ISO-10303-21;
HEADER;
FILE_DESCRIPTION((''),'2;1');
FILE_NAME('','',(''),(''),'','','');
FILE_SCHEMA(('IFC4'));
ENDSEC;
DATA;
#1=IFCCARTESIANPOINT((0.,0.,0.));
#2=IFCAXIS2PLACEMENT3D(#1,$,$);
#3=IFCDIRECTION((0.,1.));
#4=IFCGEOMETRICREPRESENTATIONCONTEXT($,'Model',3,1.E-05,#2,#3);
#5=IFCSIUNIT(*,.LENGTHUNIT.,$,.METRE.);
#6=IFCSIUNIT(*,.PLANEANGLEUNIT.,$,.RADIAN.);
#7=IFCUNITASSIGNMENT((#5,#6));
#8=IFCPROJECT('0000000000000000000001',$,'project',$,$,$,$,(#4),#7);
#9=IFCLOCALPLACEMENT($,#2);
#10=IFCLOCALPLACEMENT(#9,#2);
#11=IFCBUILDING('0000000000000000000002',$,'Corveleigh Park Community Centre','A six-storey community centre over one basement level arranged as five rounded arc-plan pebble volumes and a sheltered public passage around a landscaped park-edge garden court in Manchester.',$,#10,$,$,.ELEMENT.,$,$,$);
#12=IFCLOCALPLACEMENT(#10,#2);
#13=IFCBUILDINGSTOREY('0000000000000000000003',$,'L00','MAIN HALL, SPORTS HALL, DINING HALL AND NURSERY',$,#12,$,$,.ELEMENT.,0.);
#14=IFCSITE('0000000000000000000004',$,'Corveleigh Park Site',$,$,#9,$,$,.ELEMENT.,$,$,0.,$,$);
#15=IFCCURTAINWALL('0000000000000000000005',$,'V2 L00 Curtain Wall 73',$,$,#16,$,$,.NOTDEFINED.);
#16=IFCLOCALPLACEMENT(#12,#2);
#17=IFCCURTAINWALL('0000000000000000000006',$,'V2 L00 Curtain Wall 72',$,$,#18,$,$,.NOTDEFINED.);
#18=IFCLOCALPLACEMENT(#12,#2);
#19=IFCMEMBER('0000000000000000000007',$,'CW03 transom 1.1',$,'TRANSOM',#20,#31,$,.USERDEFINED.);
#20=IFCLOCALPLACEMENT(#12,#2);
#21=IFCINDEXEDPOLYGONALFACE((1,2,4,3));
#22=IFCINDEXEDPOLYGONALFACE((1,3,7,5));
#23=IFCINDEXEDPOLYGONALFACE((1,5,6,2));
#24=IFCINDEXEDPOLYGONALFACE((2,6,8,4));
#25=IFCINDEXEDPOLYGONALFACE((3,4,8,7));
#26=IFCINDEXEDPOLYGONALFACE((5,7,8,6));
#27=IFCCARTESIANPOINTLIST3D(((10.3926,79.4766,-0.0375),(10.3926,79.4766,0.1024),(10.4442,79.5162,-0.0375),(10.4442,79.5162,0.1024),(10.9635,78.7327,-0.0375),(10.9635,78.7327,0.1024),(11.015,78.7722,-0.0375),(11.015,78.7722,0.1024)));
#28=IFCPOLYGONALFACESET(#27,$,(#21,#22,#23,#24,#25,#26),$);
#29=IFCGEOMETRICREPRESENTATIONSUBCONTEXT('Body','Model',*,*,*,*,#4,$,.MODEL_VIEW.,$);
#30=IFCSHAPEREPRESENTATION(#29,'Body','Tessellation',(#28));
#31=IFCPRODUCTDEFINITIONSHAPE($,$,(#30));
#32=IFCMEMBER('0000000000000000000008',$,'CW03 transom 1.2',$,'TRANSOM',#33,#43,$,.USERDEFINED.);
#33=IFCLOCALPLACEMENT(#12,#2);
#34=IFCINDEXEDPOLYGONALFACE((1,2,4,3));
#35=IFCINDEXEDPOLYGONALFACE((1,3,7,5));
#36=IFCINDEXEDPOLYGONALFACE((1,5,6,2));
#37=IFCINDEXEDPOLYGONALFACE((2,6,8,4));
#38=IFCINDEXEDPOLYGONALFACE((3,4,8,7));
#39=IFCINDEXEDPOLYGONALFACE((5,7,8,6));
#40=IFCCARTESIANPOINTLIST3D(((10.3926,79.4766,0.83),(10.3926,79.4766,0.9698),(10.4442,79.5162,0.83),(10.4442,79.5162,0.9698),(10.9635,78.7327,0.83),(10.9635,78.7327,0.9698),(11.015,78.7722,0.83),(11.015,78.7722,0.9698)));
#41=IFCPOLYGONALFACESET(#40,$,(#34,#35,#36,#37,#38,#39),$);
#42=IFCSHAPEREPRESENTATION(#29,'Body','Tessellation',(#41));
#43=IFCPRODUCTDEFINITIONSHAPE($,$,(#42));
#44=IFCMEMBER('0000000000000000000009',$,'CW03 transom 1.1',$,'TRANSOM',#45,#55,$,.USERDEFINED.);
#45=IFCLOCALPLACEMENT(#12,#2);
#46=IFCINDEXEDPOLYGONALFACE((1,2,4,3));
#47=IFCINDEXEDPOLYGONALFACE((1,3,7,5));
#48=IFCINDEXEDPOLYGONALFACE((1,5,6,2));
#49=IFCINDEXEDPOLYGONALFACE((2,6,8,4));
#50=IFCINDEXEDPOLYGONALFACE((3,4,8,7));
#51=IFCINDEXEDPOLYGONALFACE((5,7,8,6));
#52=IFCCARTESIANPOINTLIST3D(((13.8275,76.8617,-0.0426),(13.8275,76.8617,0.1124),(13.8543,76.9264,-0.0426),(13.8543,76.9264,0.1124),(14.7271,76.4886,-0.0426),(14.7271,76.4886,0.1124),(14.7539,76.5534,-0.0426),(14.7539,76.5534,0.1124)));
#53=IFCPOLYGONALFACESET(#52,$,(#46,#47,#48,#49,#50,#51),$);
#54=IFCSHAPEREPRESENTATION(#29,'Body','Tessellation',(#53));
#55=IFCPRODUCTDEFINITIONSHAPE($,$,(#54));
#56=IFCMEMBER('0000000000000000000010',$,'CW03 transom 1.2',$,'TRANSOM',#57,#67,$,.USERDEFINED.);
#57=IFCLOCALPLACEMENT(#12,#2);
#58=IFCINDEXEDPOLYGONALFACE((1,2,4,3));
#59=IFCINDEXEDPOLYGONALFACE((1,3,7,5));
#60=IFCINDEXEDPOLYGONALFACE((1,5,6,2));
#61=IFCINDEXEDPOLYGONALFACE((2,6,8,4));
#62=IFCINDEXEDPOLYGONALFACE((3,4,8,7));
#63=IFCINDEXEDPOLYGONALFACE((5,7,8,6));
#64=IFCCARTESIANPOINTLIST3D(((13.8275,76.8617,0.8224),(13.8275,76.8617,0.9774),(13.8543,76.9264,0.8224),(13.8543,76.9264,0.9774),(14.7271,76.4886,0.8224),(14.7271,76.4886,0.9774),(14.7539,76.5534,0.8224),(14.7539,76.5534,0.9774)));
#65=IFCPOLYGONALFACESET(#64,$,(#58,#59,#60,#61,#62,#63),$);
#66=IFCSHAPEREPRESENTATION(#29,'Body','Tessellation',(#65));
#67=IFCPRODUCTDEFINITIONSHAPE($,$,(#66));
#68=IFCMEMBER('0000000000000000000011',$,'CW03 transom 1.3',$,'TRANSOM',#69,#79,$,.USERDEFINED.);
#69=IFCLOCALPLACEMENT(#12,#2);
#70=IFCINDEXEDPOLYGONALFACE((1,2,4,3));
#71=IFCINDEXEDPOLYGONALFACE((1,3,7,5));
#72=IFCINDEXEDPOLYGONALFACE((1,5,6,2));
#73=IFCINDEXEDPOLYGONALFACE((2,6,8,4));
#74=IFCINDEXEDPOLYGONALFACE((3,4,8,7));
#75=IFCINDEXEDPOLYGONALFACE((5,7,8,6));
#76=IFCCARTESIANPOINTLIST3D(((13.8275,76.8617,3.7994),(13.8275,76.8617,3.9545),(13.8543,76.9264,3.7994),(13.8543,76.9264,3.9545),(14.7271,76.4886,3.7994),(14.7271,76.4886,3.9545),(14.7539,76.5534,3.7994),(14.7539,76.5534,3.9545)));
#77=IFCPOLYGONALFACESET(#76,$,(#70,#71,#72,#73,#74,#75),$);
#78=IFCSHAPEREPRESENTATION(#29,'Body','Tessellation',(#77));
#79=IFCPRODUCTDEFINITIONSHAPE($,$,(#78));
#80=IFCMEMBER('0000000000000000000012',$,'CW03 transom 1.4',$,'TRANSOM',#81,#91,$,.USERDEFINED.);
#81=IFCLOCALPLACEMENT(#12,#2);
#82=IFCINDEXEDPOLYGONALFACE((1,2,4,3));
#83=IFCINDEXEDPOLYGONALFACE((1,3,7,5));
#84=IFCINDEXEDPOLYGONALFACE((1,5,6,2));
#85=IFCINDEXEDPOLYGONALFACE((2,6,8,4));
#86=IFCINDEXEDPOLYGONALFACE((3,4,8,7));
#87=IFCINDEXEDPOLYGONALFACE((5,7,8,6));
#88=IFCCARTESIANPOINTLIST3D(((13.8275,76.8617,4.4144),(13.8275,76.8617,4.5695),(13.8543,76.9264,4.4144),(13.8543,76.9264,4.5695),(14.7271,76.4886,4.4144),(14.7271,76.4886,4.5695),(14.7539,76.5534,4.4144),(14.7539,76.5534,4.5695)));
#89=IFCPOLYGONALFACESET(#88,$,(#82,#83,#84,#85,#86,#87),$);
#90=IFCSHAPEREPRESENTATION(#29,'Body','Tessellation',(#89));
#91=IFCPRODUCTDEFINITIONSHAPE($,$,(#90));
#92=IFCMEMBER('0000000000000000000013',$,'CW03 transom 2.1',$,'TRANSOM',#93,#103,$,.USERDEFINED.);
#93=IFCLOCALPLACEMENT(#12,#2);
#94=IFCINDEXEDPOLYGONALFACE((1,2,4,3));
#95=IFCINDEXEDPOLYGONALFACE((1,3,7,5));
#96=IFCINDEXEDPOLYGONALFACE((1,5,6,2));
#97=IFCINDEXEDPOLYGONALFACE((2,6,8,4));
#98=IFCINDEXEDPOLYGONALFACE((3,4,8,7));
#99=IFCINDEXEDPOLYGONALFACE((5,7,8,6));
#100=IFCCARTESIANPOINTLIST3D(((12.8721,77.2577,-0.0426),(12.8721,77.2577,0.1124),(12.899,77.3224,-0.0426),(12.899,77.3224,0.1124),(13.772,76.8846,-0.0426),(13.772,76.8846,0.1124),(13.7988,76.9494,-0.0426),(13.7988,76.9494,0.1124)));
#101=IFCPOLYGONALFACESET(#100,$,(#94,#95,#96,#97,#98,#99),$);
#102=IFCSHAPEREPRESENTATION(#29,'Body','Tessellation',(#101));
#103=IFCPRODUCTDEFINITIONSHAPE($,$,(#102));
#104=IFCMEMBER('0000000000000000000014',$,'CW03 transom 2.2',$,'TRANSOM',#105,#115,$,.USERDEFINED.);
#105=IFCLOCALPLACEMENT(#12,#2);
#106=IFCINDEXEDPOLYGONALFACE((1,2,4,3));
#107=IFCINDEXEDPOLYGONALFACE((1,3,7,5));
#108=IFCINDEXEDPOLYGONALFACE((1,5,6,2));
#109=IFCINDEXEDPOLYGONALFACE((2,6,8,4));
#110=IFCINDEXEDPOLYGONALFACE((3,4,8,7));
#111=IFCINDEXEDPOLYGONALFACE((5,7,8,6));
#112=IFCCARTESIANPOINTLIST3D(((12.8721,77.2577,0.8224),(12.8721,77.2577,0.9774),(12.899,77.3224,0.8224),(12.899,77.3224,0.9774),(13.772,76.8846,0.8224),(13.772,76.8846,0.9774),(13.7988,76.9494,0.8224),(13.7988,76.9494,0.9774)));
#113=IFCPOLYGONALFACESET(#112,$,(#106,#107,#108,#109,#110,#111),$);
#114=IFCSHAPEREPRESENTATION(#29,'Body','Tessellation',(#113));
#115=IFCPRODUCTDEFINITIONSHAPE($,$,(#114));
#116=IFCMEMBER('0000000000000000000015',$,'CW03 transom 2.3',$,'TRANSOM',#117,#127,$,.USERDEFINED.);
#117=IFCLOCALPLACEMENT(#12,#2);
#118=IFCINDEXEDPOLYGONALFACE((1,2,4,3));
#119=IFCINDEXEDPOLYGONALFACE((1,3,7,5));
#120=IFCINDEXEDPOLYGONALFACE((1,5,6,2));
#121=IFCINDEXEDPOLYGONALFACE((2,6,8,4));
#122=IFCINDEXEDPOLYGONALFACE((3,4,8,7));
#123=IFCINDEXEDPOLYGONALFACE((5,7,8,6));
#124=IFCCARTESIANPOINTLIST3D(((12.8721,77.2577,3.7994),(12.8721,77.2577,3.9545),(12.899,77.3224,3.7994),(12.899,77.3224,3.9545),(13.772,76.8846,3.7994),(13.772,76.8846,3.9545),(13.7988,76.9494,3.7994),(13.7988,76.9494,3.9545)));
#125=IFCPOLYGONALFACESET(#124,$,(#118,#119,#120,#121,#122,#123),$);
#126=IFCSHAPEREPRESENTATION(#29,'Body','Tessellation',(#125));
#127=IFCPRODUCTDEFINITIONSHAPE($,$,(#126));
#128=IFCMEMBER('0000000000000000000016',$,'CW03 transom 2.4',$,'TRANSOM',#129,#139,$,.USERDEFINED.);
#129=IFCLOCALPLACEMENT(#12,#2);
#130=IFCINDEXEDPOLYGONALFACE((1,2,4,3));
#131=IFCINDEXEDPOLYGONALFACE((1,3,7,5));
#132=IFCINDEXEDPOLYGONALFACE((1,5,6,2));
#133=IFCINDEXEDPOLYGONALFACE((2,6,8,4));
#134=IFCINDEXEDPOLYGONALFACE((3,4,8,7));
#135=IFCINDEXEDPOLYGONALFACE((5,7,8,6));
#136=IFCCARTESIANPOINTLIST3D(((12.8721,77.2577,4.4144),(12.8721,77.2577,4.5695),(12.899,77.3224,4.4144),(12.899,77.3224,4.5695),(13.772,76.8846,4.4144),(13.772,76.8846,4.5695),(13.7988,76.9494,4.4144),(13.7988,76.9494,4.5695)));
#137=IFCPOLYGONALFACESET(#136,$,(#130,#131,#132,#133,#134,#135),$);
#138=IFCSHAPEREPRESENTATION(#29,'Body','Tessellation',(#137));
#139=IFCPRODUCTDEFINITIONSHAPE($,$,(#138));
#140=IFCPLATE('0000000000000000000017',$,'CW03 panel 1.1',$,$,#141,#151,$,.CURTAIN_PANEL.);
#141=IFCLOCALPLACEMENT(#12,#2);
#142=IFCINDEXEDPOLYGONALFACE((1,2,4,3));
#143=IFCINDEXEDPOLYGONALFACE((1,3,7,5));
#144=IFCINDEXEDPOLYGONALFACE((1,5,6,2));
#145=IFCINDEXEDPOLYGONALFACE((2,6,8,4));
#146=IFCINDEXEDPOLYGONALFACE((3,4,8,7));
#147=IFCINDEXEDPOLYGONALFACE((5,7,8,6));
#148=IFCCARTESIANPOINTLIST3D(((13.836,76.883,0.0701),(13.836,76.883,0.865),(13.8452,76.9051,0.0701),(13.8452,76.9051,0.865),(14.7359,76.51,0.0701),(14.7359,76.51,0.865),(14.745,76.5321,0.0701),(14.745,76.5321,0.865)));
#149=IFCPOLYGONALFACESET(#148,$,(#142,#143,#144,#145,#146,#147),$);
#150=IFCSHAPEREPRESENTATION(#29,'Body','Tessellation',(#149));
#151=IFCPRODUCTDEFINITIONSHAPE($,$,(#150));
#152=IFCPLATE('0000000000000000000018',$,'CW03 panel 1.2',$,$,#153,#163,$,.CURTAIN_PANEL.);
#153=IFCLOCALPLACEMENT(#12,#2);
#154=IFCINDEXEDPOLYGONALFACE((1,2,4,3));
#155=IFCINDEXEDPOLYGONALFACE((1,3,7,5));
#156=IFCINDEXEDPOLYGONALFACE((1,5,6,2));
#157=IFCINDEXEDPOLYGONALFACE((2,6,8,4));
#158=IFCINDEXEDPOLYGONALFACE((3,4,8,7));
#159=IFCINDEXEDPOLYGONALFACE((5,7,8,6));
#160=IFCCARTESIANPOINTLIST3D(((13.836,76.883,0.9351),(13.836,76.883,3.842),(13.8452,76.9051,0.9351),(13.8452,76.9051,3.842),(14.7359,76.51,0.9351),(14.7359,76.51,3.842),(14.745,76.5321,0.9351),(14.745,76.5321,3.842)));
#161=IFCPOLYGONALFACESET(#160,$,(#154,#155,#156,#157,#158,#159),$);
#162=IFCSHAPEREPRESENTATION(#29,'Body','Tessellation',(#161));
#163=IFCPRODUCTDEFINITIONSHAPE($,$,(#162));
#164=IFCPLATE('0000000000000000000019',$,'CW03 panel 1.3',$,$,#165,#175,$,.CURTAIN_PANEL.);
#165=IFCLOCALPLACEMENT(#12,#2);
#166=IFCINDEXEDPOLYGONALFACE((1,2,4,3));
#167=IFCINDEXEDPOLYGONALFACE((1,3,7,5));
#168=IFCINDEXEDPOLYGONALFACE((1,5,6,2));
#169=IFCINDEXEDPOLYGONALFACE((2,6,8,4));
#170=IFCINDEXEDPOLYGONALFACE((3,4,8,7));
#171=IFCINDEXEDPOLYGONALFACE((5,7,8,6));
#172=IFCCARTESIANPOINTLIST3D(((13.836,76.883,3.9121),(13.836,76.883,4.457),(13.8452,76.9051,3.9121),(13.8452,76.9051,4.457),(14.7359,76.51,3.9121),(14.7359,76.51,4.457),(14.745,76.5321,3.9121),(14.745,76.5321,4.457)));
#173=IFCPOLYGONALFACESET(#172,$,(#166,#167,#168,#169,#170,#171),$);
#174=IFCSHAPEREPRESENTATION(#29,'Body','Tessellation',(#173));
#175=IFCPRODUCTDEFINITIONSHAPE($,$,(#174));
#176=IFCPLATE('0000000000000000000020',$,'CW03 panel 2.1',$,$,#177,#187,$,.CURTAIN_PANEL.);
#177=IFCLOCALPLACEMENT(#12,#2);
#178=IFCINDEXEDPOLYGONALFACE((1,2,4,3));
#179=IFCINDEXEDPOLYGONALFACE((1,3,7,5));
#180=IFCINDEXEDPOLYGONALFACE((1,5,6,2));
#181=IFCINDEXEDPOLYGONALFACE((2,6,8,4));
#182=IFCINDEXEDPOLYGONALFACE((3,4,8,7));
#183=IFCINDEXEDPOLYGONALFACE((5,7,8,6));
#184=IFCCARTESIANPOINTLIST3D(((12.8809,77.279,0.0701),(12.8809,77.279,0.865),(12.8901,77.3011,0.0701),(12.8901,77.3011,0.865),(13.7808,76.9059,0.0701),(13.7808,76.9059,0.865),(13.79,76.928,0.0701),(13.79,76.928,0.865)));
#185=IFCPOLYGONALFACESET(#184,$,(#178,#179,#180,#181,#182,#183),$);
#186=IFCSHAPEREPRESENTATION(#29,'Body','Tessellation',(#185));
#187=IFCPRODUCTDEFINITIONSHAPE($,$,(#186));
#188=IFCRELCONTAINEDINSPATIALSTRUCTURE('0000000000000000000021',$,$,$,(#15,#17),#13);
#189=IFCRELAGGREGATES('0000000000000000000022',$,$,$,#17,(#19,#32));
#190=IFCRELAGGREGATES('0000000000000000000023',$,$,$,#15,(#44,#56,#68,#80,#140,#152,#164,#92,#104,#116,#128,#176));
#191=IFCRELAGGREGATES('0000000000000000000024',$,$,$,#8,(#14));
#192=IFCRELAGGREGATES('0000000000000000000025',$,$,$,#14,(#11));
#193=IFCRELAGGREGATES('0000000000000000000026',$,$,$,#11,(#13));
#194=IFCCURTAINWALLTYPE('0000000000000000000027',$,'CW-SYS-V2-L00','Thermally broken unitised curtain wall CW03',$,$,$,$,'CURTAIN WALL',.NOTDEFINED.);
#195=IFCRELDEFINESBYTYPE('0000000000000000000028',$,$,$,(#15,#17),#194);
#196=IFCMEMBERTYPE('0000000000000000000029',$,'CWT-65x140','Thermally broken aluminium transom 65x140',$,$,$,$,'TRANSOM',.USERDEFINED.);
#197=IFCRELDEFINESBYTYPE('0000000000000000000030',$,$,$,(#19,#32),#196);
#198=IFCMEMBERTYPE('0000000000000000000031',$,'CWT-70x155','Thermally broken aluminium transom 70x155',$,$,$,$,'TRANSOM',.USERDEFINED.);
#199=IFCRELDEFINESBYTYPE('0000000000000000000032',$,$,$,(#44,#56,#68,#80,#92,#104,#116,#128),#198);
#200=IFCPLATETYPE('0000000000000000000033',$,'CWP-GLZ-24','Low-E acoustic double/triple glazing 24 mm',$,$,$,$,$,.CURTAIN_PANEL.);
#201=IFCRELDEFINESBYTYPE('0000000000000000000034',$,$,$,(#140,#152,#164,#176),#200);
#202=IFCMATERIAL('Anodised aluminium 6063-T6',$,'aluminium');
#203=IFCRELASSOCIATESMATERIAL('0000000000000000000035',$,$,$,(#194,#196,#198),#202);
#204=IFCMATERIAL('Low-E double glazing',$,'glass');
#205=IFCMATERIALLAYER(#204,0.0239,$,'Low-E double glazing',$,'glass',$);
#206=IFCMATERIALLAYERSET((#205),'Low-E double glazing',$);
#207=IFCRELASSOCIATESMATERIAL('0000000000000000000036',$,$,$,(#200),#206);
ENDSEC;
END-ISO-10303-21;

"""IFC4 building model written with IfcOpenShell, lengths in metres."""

from ifc_helpers import new_model, si_unit, direction, frame, origin, origin_2d, place, context, subcontext, project, spatial, rectangle, extrude, material, layer, layer_set, material_profile, profile_set, type_object, element, aggregate, save


model = new_model("IFC4")

# Units and contexts
model_context = context("Model", 3, precision=1e-05, world=origin(), true_north=direction((0.0, 1.0)))
body_context = subcontext(model_context, "Body", "Model", "MODEL_VIEW")
ifc_project = project(units=[si_unit("LENGTHUNIT", "METRE"), si_unit("PLANEANGLEUNIT", "RADIAN")], contexts=[model_context])

# Site, building, storey
site_placement = place(None, origin())
site = spatial("IfcSite", under=ifc_project, at=site_placement, Name="Corveleigh Park Site", CompositionType="ELEMENT", RefElevation=0.0)
building_placement = place(site_placement, origin())
building = spatial("IfcBuilding", under=site, at=building_placement, Name="Corveleigh Park Community Centre", Description="A six-storey community centre over one basement level arranged as five rounded arc-plan pebble volumes and a sheltered public passage around a landscaped park-edge garden court in Manchester.", CompositionType="ELEMENT")
storey_placement = place(building_placement, origin())
storey = spatial("IfcBuildingStorey", under=building, at=storey_placement, Name="L00", Description="MAIN HALL, SPORTS HALL, DINING HALL AND NURSERY", CompositionType="ELEMENT", Elevation=0.0)

# Curtain wall
ifc_material_1 = material(Name="Anodised aluminium 6063-T6", Category="aluminium")
curtain_wall_type = type_object("IfcCurtainWallType", Name="CW-SYS-V2-L00", Description="Thermally broken unitised curtain wall CW03", ElementType="CURTAIN WALL", PredefinedType="NOTDEFINED", material=ifc_material_1)
curtain_wall_1_placement = place(storey_placement, origin())
curtain_wall_1 = element("IfcCurtainWall", 1, at=curtain_wall_1_placement, inside=storey, type_object=curtain_wall_type, Name="V2 L00 Curtain Wall 73", PredefinedType="NOTDEFINED")

# Curtain wall, members
curtain_wall_2_placement = place(storey_placement, origin())
curtain_wall_2 = element("IfcCurtainWall", 2, at=curtain_wall_2_placement, inside=storey, type_object=curtain_wall_type, Name="V2 L00 Curtain Wall 72", PredefinedType="NOTDEFINED")
ifc_material_profile_1 = material_profile(ifc_material_1, rectangle(XDim=0.0649, YDim=0.1399, at=origin_2d()), Name="ALU-T65x140", Category="aluminium")
ifc_profile_set_1 = profile_set([ifc_material_profile_1], Name="Anodised aluminium 6063-T6")
member_type_1 = type_object("IfcMemberType", Name="CWT-65x140", Description="Thermally broken aluminium transom 65x140", ElementType="TRANSOM", PredefinedType="USERDEFINED", material=ifc_profile_set_1)
member_1_placement = place(storey_placement, frame((10.9893, 78.7524, 0.0325), z_axis=(-0.608754, 0.793359, 0.0), x_axis=(-0.793359, -0.608754, 0.0)))
member_1 = element("IfcMember", 3, at=member_1_placement, type_object=member_type_1, Name="CW03 transom 1.1", ObjectType="TRANSOM", PredefinedType="USERDEFINED", context=body_context, shape_type="SweptSolid", body=[
    extrude(rectangle(XDim=0.0649, YDim=0.1399, at=origin_2d()), origin(), (0.0, 0.0, 1.0), 0.9377),
])
member_2_placement = place(storey_placement, frame((10.9893, 78.7524, 0.8999), z_axis=(-0.608754, 0.793359, 0.0), x_axis=(-0.793359, -0.608754, 0.0)))
member_2 = element("IfcMember", 4, at=member_2_placement, type_object=member_type_1, Name="CW03 transom 1.2", ObjectType="TRANSOM", PredefinedType="USERDEFINED", context=body_context, shape_type="SweptSolid", body=[
    extrude(rectangle(XDim=0.0649, YDim=0.1399, at=origin_2d()), origin(), (0.0, 0.0, 1.0), 0.9377),
])
aggregate(curtain_wall_2, [member_1, member_2])

# Members
ifc_material_profile_2 = material_profile(ifc_material_1, rectangle(XDim=0.0701, YDim=0.155, at=origin_2d()), Name="ALU-T70x155", Category="aluminium")
ifc_profile_set_2 = profile_set([ifc_material_profile_2], Name="Anodised aluminium 6063-T6")
member_type_2 = type_object("IfcMemberType", Name="CWT-70x155", Description="Thermally broken aluminium transom 70x155", ElementType="TRANSOM", PredefinedType="USERDEFINED", material=ifc_profile_set_2)
member_3_placement = place(storey_placement, frame((14.7405, 76.521, 0.0349), z_axis=(-0.923736, 0.383031, 0.0), x_axis=(-0.383031, -0.923736, 0.0)))
member_3 = element("IfcMember", 5, at=member_3_placement, type_object=member_type_2, Name="CW03 transom 1.1", ObjectType="TRANSOM", PredefinedType="USERDEFINED", context=body_context, shape_type="SweptSolid", body=[
    extrude(rectangle(XDim=0.0701, YDim=0.155, at=origin_2d()), origin(), (0.0, 0.0, 1.0), 0.9739),
])
member_4_placement = place(storey_placement, frame((14.7405, 76.521, 0.8999), z_axis=(-0.923736, 0.383031, 0.0), x_axis=(-0.383031, -0.923736, 0.0)))
member_4 = element("IfcMember", 6, at=member_4_placement, type_object=member_type_2, Name="CW03 transom 1.2", ObjectType="TRANSOM", PredefinedType="USERDEFINED", context=body_context, shape_type="SweptSolid", body=[
    extrude(rectangle(XDim=0.0701, YDim=0.155, at=origin_2d()), origin(), (0.0, 0.0, 1.0), 0.9739),
])
member_5_placement = place(storey_placement, frame((14.7405, 76.521, 3.877), z_axis=(-0.923736, 0.383031, 0.0), x_axis=(-0.383031, -0.923736, 0.0)))
member_5 = element("IfcMember", 7, at=member_5_placement, type_object=member_type_2, Name="CW03 transom 1.3", ObjectType="TRANSOM", PredefinedType="USERDEFINED", context=body_context, shape_type="SweptSolid", body=[
    extrude(rectangle(XDim=0.0701, YDim=0.155, at=origin_2d()), origin(), (0.0, 0.0, 1.0), 0.9739),
])
member_6_placement = place(storey_placement, frame((14.7405, 76.521, 4.4919), z_axis=(-0.923736, 0.383031, 0.0), x_axis=(-0.383031, -0.923736, 0.0)))
member_6 = element("IfcMember", 8, at=member_6_placement, type_object=member_type_2, Name="CW03 transom 1.4", ObjectType="TRANSOM", PredefinedType="USERDEFINED", context=body_context, shape_type="SweptSolid", body=[
    extrude(rectangle(XDim=0.0701, YDim=0.155, at=origin_2d()), origin(), (0.0, 0.0, 1.0), 0.9739),
])
member_7_placement = place(storey_placement, frame((13.7854, 76.917, 0.0349), z_axis=(-0.923772, 0.382942, 0.0), x_axis=(-0.382942, -0.923772, 0.0)))
member_7 = element("IfcMember", 9, at=member_7_placement, type_object=member_type_2, Name="CW03 transom 2.1", ObjectType="TRANSOM", PredefinedType="USERDEFINED", context=body_context, shape_type="SweptSolid", body=[
    extrude(rectangle(XDim=0.0701, YDim=0.155, at=origin_2d()), origin(), (0.0, 0.0, 1.0), 0.9741),
])
member_8_placement = place(storey_placement, frame((13.7854, 76.917, 0.8999), z_axis=(-0.923772, 0.382942, 0.0), x_axis=(-0.382942, -0.923772, 0.0)))
member_8 = element("IfcMember", 10, at=member_8_placement, type_object=member_type_2, Name="CW03 transom 2.2", ObjectType="TRANSOM", PredefinedType="USERDEFINED", context=body_context, shape_type="SweptSolid", body=[
    extrude(rectangle(XDim=0.0701, YDim=0.155, at=origin_2d()), origin(), (0.0, 0.0, 1.0), 0.9741),
])
member_9_placement = place(storey_placement, frame((13.7854, 76.917, 3.877), z_axis=(-0.923772, 0.382942, 0.0), x_axis=(-0.382942, -0.923772, 0.0)))
member_9 = element("IfcMember", 11, at=member_9_placement, type_object=member_type_2, Name="CW03 transom 2.3", ObjectType="TRANSOM", PredefinedType="USERDEFINED", context=body_context, shape_type="SweptSolid", body=[
    extrude(rectangle(XDim=0.0701, YDim=0.155, at=origin_2d()), origin(), (0.0, 0.0, 1.0), 0.9741),
])
member_10_placement = place(storey_placement, frame((13.7854, 76.917, 4.4919), z_axis=(-0.923772, 0.382942, 0.0), x_axis=(-0.382942, -0.923772, 0.0)))
member_10 = element("IfcMember", 12, at=member_10_placement, type_object=member_type_2, Name="CW03 transom 2.4", ObjectType="TRANSOM", PredefinedType="USERDEFINED", context=body_context, shape_type="SweptSolid", body=[
    extrude(rectangle(XDim=0.0701, YDim=0.155, at=origin_2d()), origin(), (0.0, 0.0, 1.0), 0.9741),
])

# Plates
ifc_material_2 = material(Name="Low-E double glazing", Category="glass")
ifc_layer_1 = layer(ifc_material_2, 0.0239, Name="Low-E double glazing", Category="glass")
ifc_layer_set_1 = layer_set([ifc_layer_1], Name="Low-E double glazing")
plate_type = type_object("IfcPlateType", Name="CWP-GLZ-24", Description="Low-E acoustic double/triple glazing 24 mm", PredefinedType="CURTAIN_PANEL", material=ifc_layer_set_1)
plate_1_placement = place(storey_placement, frame((14.2905, 76.7075, 0.0701), z_axis=(0.0, 0.0, 1.0), x_axis=(-0.92377, 0.382947, 0.0)))
plate_1 = element("IfcPlate", 13, at=plate_1_placement, type_object=plate_type, Name="CW03 panel 1.1", PredefinedType="CURTAIN_PANEL", context=body_context, shape_type="SweptSolid", body=[
    extrude(rectangle(XDim=0.9741, YDim=0.0239, at=origin_2d()), origin(), (0.0, 0.0, 1.0), 0.7949),
])
plate_2_placement = place(storey_placement, frame((14.2905, 76.7075, 0.9351), z_axis=(0.0, 0.0, 1.0), x_axis=(-0.92377, 0.382947, 0.0)))
plate_2 = element("IfcPlate", 14, at=plate_2_placement, type_object=plate_type, Name="CW03 panel 1.2", PredefinedType="CURTAIN_PANEL", context=body_context, shape_type="SweptSolid", body=[
    extrude(rectangle(XDim=0.9741, YDim=0.0239, at=origin_2d()), origin(), (0.0, 0.0, 1.0), 2.907),
])
plate_3_placement = place(storey_placement, frame((14.2905, 76.7075, 3.9121), z_axis=(0.0, 0.0, 1.0), x_axis=(-0.92377, 0.382947, 0.0)))
plate_3 = element("IfcPlate", 15, at=plate_3_placement, type_object=plate_type, Name="CW03 panel 1.3", PredefinedType="CURTAIN_PANEL", context=body_context, shape_type="SweptSolid", body=[
    extrude(rectangle(XDim=0.9741, YDim=0.0239, at=origin_2d()), origin(), (0.0, 0.0, 1.0), 0.5449),
])
plate_4_placement = place(storey_placement, frame((13.3354, 77.1035, 0.0701), z_axis=(0.0, 0.0, 1.0), x_axis=(-0.92377, 0.382947, 0.0)))
plate_4 = element("IfcPlate", 16, at=plate_4_placement, type_object=plate_type, Name="CW03 panel 2.1", PredefinedType="CURTAIN_PANEL", context=body_context, shape_type="SweptSolid", body=[
    extrude(rectangle(XDim=0.9741, YDim=0.0239, at=origin_2d()), origin(), (0.0, 0.0, 1.0), 0.7949),
])
aggregate(curtain_wall_1, [member_3, member_4, member_5, member_6, plate_1, plate_2, plate_3, member_7, member_8, member_9, member_10, plate_4])

save(model, "model.ifc")
